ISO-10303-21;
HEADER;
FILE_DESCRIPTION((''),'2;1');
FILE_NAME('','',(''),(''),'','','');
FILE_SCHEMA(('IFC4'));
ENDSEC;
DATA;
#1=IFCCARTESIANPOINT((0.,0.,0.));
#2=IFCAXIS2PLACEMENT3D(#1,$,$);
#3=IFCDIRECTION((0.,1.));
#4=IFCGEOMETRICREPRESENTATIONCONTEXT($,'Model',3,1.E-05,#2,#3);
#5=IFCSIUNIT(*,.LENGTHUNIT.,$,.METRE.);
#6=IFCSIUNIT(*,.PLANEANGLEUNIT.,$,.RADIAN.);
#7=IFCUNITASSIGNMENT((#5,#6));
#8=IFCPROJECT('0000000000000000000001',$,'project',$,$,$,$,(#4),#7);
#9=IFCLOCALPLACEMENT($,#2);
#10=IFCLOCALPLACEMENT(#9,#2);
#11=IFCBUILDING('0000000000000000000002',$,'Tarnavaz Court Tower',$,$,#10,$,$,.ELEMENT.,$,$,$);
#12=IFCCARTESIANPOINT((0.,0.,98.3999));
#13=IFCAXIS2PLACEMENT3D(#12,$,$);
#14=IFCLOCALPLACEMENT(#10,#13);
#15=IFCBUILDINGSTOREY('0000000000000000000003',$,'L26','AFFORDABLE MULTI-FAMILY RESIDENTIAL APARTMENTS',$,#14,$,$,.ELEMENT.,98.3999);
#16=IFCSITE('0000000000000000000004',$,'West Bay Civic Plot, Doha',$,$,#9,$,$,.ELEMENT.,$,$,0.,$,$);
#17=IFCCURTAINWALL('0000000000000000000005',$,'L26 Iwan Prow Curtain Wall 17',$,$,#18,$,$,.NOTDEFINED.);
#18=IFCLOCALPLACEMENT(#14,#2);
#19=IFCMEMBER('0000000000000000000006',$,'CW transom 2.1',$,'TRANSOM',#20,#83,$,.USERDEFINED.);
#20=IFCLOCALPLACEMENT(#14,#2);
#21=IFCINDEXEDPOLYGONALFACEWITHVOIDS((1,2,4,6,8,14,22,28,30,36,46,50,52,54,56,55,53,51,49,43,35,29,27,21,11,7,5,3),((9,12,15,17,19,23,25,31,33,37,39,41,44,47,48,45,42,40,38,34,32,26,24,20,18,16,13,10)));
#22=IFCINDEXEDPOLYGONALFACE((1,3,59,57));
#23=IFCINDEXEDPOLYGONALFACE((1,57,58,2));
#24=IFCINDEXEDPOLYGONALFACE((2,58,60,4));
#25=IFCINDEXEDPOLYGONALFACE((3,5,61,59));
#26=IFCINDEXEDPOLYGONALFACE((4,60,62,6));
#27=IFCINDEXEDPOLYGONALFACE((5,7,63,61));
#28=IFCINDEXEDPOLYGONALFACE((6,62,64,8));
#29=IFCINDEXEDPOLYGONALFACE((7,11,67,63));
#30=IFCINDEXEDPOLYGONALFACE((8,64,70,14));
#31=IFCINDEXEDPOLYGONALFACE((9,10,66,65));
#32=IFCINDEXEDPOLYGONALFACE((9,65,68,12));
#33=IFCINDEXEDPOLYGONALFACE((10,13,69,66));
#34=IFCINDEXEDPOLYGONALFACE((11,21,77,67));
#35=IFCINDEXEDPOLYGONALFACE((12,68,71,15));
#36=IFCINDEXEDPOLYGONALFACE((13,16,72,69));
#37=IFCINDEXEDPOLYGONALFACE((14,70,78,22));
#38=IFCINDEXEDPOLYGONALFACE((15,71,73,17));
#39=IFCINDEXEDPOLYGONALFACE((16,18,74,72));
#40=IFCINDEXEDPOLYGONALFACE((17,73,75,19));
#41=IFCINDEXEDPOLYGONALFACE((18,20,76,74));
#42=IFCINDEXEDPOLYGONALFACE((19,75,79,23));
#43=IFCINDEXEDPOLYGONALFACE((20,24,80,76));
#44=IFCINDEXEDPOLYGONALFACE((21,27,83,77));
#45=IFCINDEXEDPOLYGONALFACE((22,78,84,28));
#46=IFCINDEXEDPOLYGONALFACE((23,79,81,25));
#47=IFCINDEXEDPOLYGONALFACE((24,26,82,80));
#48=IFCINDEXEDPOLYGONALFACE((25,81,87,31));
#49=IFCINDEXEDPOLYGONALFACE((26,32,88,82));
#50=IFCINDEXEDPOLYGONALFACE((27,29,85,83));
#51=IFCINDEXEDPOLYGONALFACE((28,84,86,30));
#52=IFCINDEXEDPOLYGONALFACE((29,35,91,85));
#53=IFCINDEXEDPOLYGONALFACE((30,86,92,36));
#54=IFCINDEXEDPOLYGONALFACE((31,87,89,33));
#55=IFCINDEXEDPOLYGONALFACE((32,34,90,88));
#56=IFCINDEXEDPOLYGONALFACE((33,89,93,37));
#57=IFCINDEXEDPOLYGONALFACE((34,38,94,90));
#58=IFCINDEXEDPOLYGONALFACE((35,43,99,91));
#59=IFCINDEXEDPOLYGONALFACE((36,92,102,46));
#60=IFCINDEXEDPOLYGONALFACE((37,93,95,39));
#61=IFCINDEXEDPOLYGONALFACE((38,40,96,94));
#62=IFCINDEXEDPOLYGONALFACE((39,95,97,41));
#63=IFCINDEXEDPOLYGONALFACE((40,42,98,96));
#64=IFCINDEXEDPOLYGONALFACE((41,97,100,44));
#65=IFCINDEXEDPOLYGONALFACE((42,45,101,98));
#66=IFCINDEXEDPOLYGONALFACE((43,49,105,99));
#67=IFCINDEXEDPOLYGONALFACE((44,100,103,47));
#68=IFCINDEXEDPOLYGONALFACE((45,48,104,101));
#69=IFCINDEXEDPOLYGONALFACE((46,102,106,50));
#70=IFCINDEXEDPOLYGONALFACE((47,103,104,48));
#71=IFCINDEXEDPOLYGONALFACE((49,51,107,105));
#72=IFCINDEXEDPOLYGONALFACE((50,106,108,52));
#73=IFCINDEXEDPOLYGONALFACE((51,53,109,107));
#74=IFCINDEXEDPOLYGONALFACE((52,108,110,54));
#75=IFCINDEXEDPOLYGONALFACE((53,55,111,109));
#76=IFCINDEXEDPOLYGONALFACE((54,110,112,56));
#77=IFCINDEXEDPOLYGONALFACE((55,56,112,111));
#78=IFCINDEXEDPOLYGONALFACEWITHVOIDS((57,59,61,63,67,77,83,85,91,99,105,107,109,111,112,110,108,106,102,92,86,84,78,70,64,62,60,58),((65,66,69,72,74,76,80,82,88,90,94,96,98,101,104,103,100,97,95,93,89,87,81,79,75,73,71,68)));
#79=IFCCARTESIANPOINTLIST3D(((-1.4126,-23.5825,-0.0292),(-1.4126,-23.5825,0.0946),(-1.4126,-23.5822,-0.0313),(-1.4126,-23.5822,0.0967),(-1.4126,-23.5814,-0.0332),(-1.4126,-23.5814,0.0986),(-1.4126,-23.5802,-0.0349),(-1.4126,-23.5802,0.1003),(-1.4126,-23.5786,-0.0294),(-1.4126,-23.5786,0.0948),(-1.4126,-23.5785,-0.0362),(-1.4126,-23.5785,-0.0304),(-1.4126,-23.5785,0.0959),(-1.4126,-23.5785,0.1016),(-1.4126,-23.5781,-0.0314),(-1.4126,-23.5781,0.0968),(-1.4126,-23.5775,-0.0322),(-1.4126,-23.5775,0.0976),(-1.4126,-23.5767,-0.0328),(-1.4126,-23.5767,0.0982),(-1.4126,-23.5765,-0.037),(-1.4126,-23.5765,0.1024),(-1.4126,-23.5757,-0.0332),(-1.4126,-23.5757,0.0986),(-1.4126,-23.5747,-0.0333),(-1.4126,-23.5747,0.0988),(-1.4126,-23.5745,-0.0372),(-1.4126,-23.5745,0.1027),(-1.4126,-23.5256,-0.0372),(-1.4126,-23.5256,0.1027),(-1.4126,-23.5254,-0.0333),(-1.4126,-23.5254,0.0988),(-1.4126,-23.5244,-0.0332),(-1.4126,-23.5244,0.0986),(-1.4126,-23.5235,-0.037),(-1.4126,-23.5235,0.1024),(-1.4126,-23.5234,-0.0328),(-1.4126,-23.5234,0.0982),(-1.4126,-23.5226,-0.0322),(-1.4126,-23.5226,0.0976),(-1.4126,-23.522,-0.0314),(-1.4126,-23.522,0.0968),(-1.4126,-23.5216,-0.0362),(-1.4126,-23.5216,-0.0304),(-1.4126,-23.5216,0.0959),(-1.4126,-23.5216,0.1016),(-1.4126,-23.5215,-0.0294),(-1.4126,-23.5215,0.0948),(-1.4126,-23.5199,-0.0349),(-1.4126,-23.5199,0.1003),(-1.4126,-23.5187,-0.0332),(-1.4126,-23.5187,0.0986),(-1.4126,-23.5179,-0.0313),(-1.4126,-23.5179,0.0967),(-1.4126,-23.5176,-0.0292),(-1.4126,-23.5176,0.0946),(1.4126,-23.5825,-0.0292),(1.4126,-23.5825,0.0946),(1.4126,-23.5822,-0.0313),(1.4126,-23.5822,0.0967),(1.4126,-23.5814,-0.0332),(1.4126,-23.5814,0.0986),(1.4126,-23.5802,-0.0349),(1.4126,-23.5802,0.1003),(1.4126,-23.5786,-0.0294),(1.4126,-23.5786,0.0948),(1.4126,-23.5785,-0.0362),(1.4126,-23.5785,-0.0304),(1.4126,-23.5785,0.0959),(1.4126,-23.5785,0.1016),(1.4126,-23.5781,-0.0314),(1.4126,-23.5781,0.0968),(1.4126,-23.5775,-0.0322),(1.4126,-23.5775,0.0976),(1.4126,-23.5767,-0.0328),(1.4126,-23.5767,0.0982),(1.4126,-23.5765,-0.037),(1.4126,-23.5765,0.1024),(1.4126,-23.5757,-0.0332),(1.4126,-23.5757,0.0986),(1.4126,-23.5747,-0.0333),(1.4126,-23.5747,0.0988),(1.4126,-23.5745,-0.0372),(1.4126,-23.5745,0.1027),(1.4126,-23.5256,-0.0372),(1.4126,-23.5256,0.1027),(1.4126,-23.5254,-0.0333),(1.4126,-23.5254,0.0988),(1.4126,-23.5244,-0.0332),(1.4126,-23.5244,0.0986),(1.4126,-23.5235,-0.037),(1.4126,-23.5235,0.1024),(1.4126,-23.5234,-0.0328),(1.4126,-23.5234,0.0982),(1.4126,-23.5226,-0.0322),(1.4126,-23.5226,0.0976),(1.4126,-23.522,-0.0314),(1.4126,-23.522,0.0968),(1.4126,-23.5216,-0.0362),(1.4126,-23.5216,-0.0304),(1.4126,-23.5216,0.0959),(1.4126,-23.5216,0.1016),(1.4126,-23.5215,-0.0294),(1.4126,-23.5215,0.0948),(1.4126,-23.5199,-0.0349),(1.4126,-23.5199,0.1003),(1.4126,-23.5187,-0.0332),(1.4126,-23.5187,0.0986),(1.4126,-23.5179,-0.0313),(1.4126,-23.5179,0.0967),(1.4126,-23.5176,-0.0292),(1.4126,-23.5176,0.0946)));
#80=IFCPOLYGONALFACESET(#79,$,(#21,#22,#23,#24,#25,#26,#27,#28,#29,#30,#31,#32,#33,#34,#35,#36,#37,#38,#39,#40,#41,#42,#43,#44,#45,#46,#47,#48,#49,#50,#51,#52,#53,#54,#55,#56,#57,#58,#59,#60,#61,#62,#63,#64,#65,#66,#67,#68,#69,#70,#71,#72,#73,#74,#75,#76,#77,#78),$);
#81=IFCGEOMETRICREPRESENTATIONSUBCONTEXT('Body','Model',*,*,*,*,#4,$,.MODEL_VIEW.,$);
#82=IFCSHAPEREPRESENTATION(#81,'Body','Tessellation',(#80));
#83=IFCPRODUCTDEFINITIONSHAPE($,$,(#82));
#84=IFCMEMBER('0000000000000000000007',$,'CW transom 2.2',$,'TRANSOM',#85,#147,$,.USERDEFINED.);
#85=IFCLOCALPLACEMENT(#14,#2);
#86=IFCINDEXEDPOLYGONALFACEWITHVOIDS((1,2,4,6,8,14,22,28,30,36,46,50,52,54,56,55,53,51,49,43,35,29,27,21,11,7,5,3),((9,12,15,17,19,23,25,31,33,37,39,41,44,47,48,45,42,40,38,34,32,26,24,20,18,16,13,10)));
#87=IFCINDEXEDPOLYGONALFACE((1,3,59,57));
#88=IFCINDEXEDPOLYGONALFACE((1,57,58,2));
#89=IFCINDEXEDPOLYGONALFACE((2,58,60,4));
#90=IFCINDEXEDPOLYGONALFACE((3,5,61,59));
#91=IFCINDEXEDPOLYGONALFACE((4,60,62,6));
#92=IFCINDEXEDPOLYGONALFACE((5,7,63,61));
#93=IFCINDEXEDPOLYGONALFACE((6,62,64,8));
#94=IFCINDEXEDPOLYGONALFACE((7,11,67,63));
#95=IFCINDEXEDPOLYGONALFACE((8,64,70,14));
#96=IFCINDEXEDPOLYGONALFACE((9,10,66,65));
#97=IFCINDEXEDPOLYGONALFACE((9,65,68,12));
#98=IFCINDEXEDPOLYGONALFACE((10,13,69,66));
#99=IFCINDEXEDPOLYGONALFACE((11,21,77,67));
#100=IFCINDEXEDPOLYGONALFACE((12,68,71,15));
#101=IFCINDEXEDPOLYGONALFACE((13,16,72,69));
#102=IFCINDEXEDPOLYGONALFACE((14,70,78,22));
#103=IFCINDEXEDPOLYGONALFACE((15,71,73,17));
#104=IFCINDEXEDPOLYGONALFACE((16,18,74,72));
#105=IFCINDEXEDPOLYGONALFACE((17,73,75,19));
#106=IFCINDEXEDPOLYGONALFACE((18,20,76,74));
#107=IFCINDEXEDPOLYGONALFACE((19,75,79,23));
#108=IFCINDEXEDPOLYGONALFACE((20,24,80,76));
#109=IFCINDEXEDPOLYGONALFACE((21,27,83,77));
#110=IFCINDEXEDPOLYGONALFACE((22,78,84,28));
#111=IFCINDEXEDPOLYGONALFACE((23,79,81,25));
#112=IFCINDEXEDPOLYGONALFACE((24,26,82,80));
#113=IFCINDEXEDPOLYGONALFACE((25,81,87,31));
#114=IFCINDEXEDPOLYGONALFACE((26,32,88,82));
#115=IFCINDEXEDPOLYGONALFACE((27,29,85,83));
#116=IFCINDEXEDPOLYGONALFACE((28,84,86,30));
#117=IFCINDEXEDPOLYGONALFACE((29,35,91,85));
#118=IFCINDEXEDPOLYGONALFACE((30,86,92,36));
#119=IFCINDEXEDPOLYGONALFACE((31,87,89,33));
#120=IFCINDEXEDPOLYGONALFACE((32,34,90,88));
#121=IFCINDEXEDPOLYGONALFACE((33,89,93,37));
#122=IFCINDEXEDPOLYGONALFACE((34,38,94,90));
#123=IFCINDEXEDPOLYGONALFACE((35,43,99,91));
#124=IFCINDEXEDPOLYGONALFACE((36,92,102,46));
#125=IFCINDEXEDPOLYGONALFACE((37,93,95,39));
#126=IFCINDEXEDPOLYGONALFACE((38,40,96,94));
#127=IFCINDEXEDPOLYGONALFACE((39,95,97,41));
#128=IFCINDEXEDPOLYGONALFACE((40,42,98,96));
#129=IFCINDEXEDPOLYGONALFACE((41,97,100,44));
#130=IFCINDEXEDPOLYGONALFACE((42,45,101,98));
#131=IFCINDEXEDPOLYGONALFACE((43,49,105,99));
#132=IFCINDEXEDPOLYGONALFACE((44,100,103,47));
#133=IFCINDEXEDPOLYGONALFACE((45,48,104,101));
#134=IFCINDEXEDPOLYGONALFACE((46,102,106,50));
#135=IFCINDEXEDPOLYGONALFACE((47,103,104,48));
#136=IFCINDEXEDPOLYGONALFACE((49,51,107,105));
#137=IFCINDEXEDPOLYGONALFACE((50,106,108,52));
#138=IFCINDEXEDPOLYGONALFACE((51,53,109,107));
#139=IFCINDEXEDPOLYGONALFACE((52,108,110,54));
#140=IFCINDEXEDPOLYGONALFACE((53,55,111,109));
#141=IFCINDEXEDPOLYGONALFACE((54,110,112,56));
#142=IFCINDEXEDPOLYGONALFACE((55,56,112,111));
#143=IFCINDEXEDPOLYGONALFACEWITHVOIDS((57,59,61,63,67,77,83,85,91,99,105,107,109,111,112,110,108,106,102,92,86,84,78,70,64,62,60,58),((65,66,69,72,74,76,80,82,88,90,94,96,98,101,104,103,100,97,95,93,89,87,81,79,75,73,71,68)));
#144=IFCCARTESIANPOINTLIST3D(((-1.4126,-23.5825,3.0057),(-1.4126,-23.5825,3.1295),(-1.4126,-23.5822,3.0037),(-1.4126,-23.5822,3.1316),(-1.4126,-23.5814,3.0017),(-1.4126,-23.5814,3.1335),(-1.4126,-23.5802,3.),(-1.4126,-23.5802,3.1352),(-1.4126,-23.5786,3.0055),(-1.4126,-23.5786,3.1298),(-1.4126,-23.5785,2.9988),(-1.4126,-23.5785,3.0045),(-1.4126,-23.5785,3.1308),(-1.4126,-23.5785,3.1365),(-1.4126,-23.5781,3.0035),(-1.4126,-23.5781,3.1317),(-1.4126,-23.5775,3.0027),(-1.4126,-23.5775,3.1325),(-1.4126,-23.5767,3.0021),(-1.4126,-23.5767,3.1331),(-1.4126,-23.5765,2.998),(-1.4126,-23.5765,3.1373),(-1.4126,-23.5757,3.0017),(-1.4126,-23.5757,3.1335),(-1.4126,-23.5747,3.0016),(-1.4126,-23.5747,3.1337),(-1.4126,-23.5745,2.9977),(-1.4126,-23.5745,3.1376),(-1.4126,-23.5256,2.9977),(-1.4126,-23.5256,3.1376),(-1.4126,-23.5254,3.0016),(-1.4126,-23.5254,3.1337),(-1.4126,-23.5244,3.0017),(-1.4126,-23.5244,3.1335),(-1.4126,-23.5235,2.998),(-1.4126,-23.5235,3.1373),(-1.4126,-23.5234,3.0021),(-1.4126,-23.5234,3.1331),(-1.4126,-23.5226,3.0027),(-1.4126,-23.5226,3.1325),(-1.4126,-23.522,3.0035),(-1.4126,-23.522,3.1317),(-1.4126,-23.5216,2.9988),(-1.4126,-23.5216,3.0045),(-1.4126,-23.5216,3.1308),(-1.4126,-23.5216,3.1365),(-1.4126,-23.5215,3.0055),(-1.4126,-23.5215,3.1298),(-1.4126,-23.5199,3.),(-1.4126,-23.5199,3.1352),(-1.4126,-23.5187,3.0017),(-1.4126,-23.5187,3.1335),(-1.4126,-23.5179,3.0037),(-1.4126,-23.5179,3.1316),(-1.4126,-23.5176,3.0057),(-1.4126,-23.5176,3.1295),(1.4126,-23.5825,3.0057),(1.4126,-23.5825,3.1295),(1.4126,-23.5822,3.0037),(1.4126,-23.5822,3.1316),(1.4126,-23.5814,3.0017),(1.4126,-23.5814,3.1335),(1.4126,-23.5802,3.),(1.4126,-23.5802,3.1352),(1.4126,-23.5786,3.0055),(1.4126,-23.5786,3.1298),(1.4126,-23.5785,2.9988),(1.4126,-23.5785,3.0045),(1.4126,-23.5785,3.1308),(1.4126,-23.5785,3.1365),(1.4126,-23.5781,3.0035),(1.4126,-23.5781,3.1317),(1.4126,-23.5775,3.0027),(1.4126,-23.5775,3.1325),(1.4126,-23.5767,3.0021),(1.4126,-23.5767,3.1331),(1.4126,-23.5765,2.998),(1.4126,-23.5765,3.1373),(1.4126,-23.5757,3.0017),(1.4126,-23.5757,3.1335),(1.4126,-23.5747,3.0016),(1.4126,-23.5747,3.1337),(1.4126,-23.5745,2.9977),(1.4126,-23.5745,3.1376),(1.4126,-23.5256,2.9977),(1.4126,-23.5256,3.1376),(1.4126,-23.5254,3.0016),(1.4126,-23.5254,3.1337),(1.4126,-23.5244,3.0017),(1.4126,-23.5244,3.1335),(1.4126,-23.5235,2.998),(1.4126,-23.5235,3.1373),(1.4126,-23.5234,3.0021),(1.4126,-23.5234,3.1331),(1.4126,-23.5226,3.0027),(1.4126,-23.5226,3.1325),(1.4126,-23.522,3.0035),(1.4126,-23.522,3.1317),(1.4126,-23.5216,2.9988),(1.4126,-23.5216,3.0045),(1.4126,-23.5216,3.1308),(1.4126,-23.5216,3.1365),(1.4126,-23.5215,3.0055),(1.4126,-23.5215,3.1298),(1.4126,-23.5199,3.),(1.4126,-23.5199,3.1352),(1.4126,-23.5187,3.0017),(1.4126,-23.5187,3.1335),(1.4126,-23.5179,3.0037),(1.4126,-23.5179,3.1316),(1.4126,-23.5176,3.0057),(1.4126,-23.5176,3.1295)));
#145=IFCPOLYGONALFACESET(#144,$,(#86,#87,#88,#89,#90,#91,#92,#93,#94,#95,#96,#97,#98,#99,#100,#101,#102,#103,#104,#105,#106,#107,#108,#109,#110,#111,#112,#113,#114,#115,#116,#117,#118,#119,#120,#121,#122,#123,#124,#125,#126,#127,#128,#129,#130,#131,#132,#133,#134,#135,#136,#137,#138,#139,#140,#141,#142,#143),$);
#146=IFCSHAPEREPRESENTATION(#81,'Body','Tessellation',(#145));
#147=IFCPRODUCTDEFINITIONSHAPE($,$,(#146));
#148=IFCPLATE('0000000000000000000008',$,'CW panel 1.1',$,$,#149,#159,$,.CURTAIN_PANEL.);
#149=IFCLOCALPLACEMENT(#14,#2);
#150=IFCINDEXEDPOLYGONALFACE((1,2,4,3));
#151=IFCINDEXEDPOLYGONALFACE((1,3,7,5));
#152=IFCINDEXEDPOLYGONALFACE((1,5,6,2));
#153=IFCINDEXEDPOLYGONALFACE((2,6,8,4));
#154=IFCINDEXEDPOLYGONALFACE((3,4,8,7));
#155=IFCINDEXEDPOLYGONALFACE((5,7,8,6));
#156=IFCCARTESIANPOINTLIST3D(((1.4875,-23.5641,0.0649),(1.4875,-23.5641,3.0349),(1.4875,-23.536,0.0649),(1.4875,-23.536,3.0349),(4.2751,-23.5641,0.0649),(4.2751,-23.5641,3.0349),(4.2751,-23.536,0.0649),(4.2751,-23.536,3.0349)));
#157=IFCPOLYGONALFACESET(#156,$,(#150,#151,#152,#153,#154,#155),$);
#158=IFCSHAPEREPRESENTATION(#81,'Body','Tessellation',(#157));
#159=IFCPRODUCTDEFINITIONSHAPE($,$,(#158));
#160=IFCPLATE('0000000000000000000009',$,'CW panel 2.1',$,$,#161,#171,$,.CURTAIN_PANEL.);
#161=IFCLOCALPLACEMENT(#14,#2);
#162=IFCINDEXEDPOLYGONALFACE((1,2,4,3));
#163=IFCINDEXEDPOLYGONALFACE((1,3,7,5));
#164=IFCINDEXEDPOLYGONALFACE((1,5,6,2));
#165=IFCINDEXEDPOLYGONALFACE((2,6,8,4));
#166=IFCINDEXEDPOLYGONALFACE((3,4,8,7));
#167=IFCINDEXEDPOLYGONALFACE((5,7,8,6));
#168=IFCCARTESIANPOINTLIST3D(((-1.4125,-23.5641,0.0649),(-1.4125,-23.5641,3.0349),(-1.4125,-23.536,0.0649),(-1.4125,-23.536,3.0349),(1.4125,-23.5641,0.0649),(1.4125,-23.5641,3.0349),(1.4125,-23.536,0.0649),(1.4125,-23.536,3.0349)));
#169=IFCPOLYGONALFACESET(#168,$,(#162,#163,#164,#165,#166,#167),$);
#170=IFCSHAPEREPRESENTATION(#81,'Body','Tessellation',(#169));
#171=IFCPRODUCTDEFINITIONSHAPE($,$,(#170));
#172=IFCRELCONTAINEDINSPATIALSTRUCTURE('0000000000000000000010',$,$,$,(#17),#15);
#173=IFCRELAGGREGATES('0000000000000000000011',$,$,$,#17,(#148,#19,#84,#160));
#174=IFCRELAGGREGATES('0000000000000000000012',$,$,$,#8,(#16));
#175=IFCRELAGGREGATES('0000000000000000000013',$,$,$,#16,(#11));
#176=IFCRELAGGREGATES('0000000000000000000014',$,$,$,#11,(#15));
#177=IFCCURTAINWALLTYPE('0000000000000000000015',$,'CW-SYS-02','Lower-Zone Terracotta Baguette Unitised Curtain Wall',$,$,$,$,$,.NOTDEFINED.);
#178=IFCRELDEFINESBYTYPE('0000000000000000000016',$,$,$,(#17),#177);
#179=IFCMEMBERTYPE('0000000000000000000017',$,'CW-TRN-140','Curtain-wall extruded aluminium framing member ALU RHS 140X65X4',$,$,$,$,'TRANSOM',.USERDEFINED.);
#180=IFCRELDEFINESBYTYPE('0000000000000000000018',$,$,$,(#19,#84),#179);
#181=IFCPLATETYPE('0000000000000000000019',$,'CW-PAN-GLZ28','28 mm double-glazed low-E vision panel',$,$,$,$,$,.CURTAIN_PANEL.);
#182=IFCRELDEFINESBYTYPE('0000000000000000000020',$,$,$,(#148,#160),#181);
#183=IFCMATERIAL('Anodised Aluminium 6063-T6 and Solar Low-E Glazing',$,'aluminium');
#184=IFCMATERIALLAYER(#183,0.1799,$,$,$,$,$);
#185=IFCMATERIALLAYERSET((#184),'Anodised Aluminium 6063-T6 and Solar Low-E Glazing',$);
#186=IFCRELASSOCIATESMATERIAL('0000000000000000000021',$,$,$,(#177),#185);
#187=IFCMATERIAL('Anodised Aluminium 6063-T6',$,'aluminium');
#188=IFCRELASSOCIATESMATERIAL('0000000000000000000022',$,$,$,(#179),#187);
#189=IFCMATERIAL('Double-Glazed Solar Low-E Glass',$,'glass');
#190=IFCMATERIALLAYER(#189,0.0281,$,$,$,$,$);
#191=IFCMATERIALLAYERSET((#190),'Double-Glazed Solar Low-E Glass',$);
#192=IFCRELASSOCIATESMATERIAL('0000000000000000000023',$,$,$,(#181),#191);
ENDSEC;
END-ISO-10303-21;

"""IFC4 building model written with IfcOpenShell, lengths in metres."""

from ifc_helpers import new_model, si_unit, direction, frame, origin, origin_2d, place, context, subcontext, project, spatial, rectangle, hollow_rectangle, extrude, material, layer, layer_set, material_profile, profile_set, type_object, element, aggregate, save


model = new_model("IFC4")

# Units and contexts
model_context = context("Model", 3, precision=1e-05, world=origin(), true_north=direction((0.0, 1.0)))
body_context = subcontext(model_context, "Body", "Model", "MODEL_VIEW")
ifc_project = project(units=[si_unit("LENGTHUNIT", "METRE"), si_unit("PLANEANGLEUNIT", "RADIAN")], contexts=[model_context])

# Site, building, storey
site_placement = place(None, origin())
site = spatial("IfcSite", under=ifc_project, at=site_placement, Name="West Bay Civic Plot, Doha", CompositionType="ELEMENT", RefElevation=0.0)
building_placement = place(site_placement, origin())
building = spatial("IfcBuilding", under=site, at=building_placement, Name="Tarnavaz Court Tower", CompositionType="ELEMENT")
storey_placement = place(building_placement, frame((0.0, 0.0, 98.3999)))
storey = spatial("IfcBuildingStorey", under=building, at=storey_placement, Name="L26", Description="AFFORDABLE MULTI-FAMILY RESIDENTIAL APARTMENTS", CompositionType="ELEMENT", Elevation=98.3999)

# Curtain wall, members, plates
ifc_material_1 = material(Name="Anodised Aluminium 6063-T6 and Solar Low-E Glazing", Category="aluminium")
ifc_layer_1 = layer(ifc_material_1, 0.1799)
ifc_layer_set_1 = layer_set([ifc_layer_1], Name="Anodised Aluminium 6063-T6 and Solar Low-E Glazing")
curtain_wall_type = type_object("IfcCurtainWallType", Name="CW-SYS-02", Description="Lower-Zone Terracotta Baguette Unitised Curtain Wall", PredefinedType="NOTDEFINED", material=ifc_layer_set_1)
curtain_wall_placement = place(storey_placement, origin())
curtain_wall = element("IfcCurtainWall", 1, at=curtain_wall_placement, inside=storey, type_object=curtain_wall_type, Name="L26 Iwan Prow Curtain Wall 17", PredefinedType="NOTDEFINED")
ifc_material_2 = material(Name="Anodised Aluminium 6063-T6", Category="aluminium")
ifc_material_profile_1 = material_profile(ifc_material_2, hollow_rectangle(XDim=0.0649, YDim=0.1399, WallThickness=0.0039, InnerFilletRadius=0.0039, OuterFilletRadius=0.0081, at=origin_2d()), Name="ALU RHS 140X65X4")
ifc_profile_set_1 = profile_set([ifc_material_profile_1], Name="Anodised Aluminium 6063-T6")
member_type_1 = type_object("IfcMemberType", Name="CW-TRN-140", Description="Curtain-wall extruded aluminium framing member ALU RHS 140X65X4", ElementType="TRANSOM", PredefinedType="USERDEFINED", material=ifc_profile_set_1)
member_1_placement = place(storey_placement, frame((1.4126, -23.55, 0.0327), z_axis=(-1.0, 0.0, 0.0), x_axis=(0.0, -1.0, 0.0)))
member_1 = element("IfcMember", 2, at=member_1_placement, type_object=member_type_1, Name="CW transom 2.1", ObjectType="TRANSOM", PredefinedType="USERDEFINED", context=body_context, shape_type="SweptSolid", body=[
    extrude(hollow_rectangle(XDim=0.0649, YDim=0.1399, WallThickness=0.0039, InnerFilletRadius=0.0039, OuterFilletRadius=0.0081, at=origin_2d()), origin(), (0.0, 0.0, 1.0), 2.8252),
])
member_2_placement = place(storey_placement, frame((1.4126, -23.55, 3.0676), z_axis=(-1.0, 0.0, 0.0), x_axis=(0.0, -1.0, 0.0)))
member_2 = element("IfcMember", 3, at=member_2_placement, type_object=member_type_1, Name="CW transom 2.2", ObjectType="TRANSOM", PredefinedType="USERDEFINED", context=body_context, shape_type="SweptSolid", body=[
    extrude(hollow_rectangle(XDim=0.0649, YDim=0.1399, WallThickness=0.0039, InnerFilletRadius=0.0039, OuterFilletRadius=0.0081, at=origin_2d()), origin(), (0.0, 0.0, 1.0), 2.8252),
])
ifc_material_3 = material(Name="Double-Glazed Solar Low-E Glass", Category="glass")
ifc_layer_2 = layer(ifc_material_3, 0.0281)
ifc_layer_set_2 = layer_set([ifc_layer_2], Name="Double-Glazed Solar Low-E Glass")
plate_type = type_object("IfcPlateType", Name="CW-PAN-GLZ28", Description="28 mm double-glazed low-E vision panel", PredefinedType="CURTAIN_PANEL", material=ifc_layer_set_2)
plate_1_placement = place(storey_placement, frame((2.8813, -23.55, 0.0649), z_axis=(0.0, 0.0, 1.0), x_axis=(-1.0, 0.0, 0.0)))
plate_1 = element("IfcPlate", 4, at=plate_1_placement, type_object=plate_type, Name="CW panel 1.1", PredefinedType="CURTAIN_PANEL", context=body_context, shape_type="SweptSolid", body=[
    extrude(rectangle(XDim=2.7876, YDim=0.0281, at=origin_2d()), origin(), (0.0, 0.0, 1.0), 2.97),
])
plate_2_placement = place(storey_placement, frame((0.0, -23.55, 0.0649), z_axis=(0.0, 0.0, 1.0), x_axis=(-1.0, 0.0, 0.0)))
plate_2 = element("IfcPlate", 5, at=plate_2_placement, type_object=plate_type, Name="CW panel 2.1", PredefinedType="CURTAIN_PANEL", context=body_context, shape_type="SweptSolid", body=[
    extrude(rectangle(XDim=2.825, YDim=0.0281, at=origin_2d()), origin(), (0.0, 0.0, 1.0), 2.97),
])
aggregate(curtain_wall, [plate_1, member_1, member_2, plate_2])

save(model, "model.ifc")
